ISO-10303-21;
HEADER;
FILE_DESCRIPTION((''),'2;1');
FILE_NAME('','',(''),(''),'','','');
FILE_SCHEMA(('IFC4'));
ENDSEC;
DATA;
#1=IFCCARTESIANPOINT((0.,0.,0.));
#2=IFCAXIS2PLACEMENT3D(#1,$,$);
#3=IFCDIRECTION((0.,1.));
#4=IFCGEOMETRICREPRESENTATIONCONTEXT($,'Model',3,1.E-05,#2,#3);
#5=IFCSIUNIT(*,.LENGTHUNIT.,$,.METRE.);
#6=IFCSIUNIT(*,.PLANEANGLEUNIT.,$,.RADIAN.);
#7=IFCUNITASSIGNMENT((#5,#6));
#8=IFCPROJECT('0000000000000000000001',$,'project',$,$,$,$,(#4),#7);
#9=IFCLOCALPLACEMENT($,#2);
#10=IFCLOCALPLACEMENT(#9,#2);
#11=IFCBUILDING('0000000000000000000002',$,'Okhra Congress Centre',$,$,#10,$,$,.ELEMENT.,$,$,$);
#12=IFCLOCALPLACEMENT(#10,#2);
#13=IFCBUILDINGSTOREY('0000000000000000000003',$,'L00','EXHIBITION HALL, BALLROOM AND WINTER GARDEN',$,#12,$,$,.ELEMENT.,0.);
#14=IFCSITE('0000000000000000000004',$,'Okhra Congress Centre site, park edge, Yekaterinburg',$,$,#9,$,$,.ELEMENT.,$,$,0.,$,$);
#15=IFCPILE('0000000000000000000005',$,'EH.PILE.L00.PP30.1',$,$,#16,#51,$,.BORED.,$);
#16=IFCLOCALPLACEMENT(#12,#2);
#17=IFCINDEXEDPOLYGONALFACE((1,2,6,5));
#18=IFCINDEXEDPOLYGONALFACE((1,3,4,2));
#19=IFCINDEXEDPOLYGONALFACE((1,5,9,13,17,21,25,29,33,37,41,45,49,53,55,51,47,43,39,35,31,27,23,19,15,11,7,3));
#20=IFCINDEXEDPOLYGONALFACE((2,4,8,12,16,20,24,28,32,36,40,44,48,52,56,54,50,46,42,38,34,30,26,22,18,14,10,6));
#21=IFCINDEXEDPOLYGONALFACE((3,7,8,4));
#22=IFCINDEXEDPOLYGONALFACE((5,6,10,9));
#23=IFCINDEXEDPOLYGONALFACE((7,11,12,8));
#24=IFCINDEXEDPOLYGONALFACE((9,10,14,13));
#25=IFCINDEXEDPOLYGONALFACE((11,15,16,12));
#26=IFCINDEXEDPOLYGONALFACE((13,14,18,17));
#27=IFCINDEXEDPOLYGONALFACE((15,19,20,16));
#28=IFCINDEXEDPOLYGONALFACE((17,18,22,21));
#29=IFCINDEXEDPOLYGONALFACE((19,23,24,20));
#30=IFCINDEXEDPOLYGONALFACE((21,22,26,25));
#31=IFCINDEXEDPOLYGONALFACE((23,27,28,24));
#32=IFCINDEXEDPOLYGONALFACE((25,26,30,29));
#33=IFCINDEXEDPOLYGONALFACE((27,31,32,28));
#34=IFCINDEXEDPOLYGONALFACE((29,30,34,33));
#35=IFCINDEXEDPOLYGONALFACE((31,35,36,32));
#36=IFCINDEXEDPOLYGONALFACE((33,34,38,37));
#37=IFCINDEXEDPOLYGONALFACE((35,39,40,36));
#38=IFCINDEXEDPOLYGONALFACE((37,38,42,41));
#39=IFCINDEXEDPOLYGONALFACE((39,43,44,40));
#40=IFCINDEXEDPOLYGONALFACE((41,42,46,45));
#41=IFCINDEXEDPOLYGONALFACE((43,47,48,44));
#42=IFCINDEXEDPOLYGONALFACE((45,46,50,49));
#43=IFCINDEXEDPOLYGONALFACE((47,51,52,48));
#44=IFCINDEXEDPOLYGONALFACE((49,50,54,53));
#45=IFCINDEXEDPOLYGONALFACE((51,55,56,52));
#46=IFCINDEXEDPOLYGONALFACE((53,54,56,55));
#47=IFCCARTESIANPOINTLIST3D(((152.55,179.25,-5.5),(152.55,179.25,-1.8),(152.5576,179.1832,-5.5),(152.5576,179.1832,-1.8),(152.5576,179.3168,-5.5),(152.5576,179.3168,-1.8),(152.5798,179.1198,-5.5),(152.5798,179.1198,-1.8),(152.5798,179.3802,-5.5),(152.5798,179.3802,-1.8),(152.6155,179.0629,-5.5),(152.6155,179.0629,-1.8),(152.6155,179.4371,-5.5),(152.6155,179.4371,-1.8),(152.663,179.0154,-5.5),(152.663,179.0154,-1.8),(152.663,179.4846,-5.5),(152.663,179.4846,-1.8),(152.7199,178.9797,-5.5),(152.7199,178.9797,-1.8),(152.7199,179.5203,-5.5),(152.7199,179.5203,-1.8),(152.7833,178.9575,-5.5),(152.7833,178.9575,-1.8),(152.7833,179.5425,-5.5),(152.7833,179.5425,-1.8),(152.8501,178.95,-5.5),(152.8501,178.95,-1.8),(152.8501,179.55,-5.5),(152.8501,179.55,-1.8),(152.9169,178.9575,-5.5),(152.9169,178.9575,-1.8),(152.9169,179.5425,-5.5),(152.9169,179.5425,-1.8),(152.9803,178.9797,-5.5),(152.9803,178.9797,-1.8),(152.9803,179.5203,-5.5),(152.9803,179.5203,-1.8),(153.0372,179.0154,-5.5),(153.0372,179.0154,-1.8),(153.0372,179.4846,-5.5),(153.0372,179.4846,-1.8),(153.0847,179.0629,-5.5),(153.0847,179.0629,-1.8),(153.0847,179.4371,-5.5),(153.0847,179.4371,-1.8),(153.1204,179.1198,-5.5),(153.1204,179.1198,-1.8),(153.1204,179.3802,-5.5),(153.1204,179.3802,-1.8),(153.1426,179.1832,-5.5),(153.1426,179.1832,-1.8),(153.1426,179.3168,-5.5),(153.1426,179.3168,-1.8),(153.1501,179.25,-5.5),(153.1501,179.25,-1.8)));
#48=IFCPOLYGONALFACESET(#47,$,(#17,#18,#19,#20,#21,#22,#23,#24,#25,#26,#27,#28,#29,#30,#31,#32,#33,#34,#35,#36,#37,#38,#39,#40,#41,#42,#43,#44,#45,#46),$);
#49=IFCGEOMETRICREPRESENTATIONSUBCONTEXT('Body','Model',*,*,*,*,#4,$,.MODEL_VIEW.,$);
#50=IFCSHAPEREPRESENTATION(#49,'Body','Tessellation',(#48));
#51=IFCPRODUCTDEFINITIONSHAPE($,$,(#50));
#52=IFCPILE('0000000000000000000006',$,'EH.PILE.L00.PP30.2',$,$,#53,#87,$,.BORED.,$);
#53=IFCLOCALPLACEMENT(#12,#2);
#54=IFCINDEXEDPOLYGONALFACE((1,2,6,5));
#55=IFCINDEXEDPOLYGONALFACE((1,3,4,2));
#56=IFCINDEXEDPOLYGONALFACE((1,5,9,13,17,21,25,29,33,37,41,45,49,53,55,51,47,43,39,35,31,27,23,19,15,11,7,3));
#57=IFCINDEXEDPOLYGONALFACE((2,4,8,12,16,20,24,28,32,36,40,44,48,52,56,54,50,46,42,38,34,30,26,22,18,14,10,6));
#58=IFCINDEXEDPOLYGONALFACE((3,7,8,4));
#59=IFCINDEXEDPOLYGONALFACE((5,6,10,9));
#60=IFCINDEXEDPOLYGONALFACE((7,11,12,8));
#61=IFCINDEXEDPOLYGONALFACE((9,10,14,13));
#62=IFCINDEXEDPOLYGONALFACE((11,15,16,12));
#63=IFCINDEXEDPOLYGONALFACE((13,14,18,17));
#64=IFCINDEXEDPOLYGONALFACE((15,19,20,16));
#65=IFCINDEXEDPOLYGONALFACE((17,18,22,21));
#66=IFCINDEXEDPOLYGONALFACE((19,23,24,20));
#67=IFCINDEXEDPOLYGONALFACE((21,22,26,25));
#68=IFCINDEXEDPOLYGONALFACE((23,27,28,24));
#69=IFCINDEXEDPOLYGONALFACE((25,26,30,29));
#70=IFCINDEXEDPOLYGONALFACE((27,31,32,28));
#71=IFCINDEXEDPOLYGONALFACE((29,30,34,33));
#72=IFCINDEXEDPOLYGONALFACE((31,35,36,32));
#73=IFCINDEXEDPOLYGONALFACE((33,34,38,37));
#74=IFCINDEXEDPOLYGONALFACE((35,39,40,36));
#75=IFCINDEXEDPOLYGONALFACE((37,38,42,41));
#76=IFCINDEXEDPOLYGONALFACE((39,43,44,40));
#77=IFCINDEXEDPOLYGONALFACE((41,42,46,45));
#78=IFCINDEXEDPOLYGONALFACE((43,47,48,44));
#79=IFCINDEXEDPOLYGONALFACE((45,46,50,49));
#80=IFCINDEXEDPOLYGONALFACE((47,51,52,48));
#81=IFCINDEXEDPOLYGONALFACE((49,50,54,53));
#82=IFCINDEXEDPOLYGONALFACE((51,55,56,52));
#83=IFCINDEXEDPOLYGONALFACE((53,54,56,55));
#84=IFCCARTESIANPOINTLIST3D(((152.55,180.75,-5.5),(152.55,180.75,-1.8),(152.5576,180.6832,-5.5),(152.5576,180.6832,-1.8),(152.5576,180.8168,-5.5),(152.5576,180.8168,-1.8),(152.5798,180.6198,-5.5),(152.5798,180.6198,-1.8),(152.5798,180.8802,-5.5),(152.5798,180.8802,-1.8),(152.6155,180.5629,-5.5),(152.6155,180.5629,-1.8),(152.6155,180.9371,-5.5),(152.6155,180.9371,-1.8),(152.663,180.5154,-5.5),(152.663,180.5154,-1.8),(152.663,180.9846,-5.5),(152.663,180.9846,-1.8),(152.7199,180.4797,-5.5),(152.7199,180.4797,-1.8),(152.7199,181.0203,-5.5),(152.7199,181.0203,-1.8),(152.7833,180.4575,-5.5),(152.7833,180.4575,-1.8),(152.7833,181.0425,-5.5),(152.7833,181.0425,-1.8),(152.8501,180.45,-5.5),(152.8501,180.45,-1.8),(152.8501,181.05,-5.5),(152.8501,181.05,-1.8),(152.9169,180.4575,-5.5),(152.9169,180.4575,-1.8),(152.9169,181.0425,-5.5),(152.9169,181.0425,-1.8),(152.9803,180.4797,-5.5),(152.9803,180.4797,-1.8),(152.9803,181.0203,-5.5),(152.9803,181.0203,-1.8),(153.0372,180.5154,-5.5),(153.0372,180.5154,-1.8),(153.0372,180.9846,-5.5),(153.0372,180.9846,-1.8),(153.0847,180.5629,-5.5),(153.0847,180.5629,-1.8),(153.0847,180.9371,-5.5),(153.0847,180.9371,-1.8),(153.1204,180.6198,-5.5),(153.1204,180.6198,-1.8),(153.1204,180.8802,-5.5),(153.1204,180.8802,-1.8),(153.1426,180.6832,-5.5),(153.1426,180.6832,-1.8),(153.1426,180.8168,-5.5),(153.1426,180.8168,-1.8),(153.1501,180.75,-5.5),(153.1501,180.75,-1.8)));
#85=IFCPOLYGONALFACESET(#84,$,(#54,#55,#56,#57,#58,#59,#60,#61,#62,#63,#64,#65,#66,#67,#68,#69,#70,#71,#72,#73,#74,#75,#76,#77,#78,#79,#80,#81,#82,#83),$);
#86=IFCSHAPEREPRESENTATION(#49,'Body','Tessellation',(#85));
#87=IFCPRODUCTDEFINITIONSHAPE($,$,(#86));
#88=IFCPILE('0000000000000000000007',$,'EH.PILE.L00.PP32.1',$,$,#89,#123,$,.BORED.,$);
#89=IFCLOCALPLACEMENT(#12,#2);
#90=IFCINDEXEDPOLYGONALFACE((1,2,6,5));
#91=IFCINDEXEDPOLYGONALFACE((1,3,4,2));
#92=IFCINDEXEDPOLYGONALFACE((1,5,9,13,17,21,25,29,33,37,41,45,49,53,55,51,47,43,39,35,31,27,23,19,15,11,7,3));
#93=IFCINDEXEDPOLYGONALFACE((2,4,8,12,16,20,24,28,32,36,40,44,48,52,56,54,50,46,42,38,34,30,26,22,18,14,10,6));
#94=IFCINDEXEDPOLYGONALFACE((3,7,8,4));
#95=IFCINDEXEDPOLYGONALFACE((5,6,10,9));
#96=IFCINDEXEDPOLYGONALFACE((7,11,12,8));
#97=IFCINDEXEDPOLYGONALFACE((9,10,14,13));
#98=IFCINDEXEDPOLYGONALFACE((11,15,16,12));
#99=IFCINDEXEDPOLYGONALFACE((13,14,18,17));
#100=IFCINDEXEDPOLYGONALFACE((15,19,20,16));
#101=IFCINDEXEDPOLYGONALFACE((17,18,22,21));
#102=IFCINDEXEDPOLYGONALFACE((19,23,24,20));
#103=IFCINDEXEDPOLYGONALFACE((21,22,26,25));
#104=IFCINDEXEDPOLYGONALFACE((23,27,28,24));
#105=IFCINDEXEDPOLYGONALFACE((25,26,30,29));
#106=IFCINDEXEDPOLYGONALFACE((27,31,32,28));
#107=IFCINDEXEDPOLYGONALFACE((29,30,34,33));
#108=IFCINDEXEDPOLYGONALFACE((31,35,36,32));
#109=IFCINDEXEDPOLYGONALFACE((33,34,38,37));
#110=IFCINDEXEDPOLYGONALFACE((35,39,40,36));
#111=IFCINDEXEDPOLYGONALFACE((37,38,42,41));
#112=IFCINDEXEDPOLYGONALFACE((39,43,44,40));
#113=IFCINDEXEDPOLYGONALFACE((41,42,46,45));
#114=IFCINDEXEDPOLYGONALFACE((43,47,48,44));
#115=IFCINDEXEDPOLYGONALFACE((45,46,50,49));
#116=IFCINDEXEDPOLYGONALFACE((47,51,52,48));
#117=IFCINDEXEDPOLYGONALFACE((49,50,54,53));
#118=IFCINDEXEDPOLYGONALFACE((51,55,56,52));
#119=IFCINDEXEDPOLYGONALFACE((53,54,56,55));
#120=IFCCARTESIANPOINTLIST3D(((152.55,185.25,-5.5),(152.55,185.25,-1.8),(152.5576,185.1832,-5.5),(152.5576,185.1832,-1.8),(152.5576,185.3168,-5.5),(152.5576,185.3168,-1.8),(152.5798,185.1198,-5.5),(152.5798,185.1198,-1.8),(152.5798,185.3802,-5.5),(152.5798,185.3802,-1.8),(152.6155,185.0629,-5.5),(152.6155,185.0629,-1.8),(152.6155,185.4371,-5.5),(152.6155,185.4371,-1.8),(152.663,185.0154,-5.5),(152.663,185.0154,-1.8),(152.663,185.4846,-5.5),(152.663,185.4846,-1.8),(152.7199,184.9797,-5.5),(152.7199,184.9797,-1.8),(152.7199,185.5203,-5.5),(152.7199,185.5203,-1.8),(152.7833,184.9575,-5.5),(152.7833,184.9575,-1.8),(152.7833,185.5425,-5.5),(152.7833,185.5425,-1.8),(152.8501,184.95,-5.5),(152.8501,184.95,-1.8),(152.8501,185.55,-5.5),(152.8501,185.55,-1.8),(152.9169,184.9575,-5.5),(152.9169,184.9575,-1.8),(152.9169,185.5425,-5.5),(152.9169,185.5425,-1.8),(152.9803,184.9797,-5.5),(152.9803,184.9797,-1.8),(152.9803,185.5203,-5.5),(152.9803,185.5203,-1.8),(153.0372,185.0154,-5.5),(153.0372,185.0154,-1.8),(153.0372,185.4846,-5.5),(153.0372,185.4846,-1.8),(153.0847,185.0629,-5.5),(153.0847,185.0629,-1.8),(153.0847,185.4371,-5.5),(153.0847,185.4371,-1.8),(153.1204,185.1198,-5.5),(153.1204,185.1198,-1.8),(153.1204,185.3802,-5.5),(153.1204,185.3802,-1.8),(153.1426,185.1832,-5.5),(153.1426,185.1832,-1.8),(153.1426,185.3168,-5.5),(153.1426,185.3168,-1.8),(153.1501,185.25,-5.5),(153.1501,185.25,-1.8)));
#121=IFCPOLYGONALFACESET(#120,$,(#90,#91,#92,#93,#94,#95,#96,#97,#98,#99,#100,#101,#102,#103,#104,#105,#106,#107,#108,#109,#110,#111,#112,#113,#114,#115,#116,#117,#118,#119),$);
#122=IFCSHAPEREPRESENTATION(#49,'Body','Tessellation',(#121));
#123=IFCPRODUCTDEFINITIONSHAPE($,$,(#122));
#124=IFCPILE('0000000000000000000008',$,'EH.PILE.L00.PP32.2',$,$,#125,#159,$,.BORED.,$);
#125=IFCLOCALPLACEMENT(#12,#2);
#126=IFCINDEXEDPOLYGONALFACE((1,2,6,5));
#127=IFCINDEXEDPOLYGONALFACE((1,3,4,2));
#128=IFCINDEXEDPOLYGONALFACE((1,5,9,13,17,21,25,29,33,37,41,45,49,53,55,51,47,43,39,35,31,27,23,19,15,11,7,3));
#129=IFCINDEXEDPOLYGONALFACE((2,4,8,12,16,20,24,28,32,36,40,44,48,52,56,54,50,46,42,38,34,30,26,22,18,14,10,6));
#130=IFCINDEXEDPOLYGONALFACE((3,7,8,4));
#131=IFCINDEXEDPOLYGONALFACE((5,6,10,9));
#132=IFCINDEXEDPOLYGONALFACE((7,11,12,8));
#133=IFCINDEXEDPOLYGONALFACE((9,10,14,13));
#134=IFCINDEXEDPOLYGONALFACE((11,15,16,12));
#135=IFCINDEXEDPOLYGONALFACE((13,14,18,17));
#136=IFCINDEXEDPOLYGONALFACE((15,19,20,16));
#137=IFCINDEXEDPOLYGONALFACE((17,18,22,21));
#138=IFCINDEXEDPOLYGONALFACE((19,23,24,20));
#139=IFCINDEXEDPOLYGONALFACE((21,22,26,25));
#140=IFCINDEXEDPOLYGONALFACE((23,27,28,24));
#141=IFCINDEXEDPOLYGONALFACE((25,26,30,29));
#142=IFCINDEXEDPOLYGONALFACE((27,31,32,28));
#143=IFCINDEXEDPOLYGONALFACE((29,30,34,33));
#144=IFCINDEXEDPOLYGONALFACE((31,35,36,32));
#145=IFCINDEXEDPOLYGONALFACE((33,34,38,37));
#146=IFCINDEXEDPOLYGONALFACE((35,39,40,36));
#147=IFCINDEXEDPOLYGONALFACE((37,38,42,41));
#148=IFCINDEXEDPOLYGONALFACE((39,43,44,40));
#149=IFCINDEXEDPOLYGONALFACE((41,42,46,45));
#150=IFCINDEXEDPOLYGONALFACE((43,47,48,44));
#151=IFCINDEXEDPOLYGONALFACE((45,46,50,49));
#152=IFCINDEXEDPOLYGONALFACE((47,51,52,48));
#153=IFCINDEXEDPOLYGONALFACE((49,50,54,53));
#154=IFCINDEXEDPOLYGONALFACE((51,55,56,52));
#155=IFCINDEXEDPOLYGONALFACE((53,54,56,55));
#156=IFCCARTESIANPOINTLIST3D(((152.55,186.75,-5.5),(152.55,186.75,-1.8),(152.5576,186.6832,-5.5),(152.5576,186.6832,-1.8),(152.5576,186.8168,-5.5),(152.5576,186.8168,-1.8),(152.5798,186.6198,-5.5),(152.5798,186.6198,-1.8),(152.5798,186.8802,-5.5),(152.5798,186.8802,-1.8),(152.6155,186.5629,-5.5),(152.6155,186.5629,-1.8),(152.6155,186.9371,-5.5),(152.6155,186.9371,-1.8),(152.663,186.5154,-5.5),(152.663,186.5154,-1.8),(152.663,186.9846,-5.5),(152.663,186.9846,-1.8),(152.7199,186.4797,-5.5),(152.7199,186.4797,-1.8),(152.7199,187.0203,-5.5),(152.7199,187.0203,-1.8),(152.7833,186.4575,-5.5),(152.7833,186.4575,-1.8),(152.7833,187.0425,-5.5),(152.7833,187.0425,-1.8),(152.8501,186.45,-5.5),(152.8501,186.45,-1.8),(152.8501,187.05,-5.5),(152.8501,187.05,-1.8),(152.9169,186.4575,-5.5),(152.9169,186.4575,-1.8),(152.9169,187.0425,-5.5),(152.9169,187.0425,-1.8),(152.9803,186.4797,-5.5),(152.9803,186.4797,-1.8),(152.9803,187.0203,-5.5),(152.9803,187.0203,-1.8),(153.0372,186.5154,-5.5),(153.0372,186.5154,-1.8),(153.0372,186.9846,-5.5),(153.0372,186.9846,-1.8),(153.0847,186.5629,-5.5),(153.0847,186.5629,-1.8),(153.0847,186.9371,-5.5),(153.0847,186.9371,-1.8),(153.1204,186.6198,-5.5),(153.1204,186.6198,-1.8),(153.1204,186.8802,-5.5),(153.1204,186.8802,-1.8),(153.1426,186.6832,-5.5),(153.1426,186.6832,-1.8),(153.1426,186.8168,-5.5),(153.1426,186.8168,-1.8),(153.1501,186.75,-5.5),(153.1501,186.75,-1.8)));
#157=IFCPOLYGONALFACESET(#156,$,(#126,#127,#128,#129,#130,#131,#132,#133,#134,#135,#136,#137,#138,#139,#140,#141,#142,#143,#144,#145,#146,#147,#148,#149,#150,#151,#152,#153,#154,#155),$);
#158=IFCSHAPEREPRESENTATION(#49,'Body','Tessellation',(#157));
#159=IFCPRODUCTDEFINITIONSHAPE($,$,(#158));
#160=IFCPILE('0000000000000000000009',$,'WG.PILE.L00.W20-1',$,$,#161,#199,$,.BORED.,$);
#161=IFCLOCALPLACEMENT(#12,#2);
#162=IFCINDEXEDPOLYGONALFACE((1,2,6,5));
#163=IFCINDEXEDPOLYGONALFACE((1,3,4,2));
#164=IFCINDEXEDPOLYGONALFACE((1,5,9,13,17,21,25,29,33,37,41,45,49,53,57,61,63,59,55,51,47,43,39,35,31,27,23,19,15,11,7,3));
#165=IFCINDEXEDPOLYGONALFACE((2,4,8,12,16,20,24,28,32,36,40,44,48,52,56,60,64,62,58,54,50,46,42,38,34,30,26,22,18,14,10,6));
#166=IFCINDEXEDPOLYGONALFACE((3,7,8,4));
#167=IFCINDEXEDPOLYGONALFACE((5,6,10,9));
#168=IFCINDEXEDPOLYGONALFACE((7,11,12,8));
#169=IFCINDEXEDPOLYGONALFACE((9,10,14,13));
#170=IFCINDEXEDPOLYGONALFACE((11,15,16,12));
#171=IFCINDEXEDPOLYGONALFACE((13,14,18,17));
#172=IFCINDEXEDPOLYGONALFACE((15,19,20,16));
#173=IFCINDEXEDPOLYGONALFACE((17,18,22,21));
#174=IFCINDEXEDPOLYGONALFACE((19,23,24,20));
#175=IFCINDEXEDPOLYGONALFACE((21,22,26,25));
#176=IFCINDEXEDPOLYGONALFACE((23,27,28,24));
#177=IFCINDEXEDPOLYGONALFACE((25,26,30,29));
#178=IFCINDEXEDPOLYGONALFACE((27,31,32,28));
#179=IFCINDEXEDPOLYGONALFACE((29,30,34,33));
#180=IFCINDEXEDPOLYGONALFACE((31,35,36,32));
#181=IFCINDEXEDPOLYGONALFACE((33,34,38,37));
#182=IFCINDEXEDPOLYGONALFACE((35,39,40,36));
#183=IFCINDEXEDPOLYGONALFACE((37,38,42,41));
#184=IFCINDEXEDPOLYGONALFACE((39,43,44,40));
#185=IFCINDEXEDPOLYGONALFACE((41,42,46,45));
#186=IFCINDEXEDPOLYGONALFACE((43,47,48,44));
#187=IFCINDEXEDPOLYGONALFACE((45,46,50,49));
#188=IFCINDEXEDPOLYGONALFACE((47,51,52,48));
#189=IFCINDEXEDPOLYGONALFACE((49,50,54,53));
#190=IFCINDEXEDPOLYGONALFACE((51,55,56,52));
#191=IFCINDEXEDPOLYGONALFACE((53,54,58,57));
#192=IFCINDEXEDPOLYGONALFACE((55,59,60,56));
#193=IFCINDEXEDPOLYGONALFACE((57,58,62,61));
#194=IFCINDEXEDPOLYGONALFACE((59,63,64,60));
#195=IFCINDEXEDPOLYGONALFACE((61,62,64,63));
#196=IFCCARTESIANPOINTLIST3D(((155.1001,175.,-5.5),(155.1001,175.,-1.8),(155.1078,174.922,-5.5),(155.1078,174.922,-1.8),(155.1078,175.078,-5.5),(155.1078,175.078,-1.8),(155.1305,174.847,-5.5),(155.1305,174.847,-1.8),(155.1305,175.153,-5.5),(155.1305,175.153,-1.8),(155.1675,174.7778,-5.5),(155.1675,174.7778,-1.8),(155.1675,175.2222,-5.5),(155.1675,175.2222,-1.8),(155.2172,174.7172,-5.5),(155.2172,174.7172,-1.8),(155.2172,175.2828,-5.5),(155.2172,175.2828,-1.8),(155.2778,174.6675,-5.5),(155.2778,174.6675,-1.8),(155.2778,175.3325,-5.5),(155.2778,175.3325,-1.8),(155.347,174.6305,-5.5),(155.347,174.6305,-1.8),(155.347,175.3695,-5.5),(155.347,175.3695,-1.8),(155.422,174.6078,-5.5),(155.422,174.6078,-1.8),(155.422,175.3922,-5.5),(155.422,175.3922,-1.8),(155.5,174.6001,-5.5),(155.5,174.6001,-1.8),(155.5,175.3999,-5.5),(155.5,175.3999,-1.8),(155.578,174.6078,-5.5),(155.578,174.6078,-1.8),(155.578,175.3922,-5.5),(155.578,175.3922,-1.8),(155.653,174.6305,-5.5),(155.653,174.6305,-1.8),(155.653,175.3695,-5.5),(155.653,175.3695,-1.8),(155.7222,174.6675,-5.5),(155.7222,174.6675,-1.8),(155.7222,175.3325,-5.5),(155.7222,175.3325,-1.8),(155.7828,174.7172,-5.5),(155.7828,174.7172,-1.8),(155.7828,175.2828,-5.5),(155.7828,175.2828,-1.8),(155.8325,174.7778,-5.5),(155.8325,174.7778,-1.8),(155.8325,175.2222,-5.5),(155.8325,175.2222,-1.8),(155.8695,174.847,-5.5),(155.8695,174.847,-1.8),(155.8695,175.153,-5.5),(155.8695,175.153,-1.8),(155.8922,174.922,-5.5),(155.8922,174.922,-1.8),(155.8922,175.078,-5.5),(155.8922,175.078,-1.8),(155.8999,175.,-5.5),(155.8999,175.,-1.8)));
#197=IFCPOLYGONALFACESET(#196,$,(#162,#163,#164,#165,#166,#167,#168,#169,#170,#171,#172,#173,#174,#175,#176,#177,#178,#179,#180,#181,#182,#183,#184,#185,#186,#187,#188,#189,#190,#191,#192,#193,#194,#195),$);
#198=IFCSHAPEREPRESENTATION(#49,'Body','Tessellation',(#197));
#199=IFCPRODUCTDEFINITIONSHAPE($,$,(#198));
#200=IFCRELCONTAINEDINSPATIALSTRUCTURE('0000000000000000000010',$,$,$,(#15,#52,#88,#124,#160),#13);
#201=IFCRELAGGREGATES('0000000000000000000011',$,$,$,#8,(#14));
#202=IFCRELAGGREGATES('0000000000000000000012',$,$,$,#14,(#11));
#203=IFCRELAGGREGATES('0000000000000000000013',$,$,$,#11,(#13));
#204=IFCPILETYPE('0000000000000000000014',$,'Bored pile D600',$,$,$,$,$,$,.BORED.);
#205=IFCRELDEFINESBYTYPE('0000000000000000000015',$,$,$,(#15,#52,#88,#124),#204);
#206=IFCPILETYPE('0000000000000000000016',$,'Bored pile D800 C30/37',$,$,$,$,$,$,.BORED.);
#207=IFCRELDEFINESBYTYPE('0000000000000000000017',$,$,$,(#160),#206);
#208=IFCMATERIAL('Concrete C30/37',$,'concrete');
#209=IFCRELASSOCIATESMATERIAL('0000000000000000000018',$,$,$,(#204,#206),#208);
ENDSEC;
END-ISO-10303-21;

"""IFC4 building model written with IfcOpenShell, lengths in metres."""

from ifc_helpers import new_model, si_unit, direction, frame, origin, origin_2d, place, context, subcontext, project, spatial, circle, extrude, material, material_profile, profile_set, type_object, element, save


model = new_model("IFC4")

# Units and contexts
model_context = context("Model", 3, precision=1e-05, world=origin(), true_north=direction((0.0, 1.0)))
body_context = subcontext(model_context, "Body", "Model", "MODEL_VIEW")
ifc_project = project(units=[si_unit("LENGTHUNIT", "METRE"), si_unit("PLANEANGLEUNIT", "RADIAN")], contexts=[model_context])

# Site, building, storey
site_placement = place(None, origin())
site = spatial("IfcSite", under=ifc_project, at=site_placement, Name="Okhra Congress Centre site, park edge, Yekaterinburg", CompositionType="ELEMENT", RefElevation=0.0)
building_placement = place(site_placement, origin())
building = spatial("IfcBuilding", under=site, at=building_placement, Name="Okhra Congress Centre", CompositionType="ELEMENT")
storey_placement = place(building_placement, origin())
storey = spatial("IfcBuildingStorey", under=building, at=storey_placement, Name="L00", Description="EXHIBITION HALL, BALLROOM AND WINTER GARDEN", CompositionType="ELEMENT", Elevation=0.0)

# Piles
ifc_material_1 = material(Name="Concrete C30/37", Category="concrete")
ifc_material_profile_1 = material_profile(ifc_material_1, circle(Radius=0.3, at=origin_2d()), Name="D600")
ifc_profile_set_1 = profile_set([ifc_material_profile_1], Name="Concrete C30/37")
pile_type_1 = type_object("IfcPileType", Name="Bored pile D600", PredefinedType="BORED", material=ifc_profile_set_1)
for number, where, z_axis, x_axis, name in (
    (1, (152.8501, 179.25, -1.8), (0.0, 0.0, -1.0), (1.0, 0.0, 0.0), "EH.PILE.L00.PP30.1"),
    (2, (152.8501, 180.75, -1.8), (0.0, 0.0, -1.0), (1.0, 0.0, 0.0), "EH.PILE.L00.PP30.2"),
    (3, (152.8501, 185.25, -1.8), (0.0, 0.0, -1.0), (1.0, 0.0, 0.0), "EH.PILE.L00.PP32.1"),
    (4, (152.8501, 186.75, -1.8), (0.0, 0.0, -1.0), (1.0, 0.0, 0.0), "EH.PILE.L00.PP32.2"),
):
    element("IfcPile", number, at=place(storey_placement, frame(where, z_axis=z_axis, x_axis=x_axis)), inside=storey, type_object=pile_type_1, Name=name, PredefinedType="BORED", context=body_context, shape_type="SweptSolid", body=[
        extrude(circle(Radius=0.3, at=origin_2d()), origin(), (0.0, 0.0, 1.0), 3.7),
    ])
ifc_material_profile_2 = material_profile(ifc_material_1, circle(Radius=0.3999, at=origin_2d()), Name="D800")
ifc_profile_set_2 = profile_set([ifc_material_profile_2], Name="Concrete C30/37")
pile_type_2 = type_object("IfcPileType", Name="Bored pile D800 C30/37", PredefinedType="BORED", material=ifc_profile_set_2)
for number, where, z_axis, x_axis, name in (
    (5, (155.5, 175.0, -1.8), (0.0, 0.0, -1.0), (1.0, 0.0, 0.0), "WG.PILE.L00.W20-1"),
):
    element("IfcPile", number, at=place(storey_placement, frame(where, z_axis=z_axis, x_axis=x_axis)), inside=storey, type_object=pile_type_2, Name=name, PredefinedType="BORED", context=body_context, shape_type="SweptSolid", body=[
        extrude(circle(Radius=0.3999, at=origin_2d()), origin(), (0.0, 0.0, 1.0), 3.7),
    ])

save(model, "model.ifc")
